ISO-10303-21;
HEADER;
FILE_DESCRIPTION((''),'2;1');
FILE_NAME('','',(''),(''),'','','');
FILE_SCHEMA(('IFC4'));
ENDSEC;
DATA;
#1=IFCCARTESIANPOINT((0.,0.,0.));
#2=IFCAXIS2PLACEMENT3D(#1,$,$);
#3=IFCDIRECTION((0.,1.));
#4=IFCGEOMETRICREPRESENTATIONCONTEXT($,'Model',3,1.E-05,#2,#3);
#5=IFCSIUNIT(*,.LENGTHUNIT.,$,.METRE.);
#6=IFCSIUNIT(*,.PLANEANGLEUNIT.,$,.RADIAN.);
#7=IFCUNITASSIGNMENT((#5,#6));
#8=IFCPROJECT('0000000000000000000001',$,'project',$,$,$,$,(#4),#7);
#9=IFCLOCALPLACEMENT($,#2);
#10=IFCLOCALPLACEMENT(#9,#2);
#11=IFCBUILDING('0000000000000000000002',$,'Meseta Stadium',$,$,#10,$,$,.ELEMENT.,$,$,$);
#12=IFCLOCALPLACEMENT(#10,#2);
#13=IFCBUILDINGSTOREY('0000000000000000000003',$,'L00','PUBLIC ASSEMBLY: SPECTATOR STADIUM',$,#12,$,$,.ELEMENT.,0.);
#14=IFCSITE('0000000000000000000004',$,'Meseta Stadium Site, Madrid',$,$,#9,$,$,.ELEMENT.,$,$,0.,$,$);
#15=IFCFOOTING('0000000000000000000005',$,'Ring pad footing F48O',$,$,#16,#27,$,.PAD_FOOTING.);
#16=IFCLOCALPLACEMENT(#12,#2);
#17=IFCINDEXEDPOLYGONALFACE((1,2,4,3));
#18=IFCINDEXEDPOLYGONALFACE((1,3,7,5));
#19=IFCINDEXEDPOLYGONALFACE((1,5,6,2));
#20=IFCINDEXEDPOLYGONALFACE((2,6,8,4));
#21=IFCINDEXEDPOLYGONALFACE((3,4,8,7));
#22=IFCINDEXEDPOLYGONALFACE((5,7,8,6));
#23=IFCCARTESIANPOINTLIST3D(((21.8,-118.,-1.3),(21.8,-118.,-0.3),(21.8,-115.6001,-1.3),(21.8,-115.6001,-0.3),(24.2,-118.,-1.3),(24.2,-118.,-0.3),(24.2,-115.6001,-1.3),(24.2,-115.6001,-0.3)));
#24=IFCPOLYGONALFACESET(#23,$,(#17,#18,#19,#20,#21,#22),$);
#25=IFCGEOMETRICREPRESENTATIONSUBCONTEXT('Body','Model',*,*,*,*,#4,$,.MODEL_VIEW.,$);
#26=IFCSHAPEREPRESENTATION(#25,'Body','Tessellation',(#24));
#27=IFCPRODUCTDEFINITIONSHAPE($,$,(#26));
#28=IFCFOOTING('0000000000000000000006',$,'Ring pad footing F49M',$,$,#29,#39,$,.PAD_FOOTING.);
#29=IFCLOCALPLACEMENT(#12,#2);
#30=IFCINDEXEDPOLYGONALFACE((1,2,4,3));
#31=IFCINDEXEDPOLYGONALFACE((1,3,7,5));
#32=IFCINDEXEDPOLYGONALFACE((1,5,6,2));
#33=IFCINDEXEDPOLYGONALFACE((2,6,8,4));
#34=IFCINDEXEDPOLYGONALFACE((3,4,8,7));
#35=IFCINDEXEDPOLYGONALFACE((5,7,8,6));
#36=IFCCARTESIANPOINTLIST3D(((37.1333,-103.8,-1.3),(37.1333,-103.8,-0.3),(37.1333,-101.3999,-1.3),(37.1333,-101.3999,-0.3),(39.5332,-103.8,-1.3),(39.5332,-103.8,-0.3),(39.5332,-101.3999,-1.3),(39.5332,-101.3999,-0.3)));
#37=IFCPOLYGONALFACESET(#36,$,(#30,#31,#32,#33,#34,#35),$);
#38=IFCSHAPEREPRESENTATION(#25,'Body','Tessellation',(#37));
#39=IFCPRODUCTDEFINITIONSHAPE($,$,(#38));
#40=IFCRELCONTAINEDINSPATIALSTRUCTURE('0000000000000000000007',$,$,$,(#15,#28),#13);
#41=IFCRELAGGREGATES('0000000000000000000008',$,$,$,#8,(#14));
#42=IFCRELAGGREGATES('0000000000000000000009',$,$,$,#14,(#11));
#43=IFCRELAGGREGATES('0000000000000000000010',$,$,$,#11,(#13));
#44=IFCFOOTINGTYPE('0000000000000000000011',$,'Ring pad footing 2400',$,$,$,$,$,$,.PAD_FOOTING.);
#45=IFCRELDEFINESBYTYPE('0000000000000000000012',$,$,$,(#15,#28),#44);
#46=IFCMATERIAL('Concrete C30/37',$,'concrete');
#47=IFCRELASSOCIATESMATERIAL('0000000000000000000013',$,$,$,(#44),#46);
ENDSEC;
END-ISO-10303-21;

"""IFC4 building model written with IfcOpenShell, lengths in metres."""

from ifc_helpers import new_model, si_unit, direction, frame, origin, place, context, subcontext, project, spatial, polyline, outline, extrude, material, type_object, element, save


model = new_model("IFC4")

# Units and contexts
model_context = context("Model", 3, precision=1e-05, world=origin(), true_north=direction((0.0, 1.0)))
body_context = subcontext(model_context, "Body", "Model", "MODEL_VIEW")
ifc_project = project(units=[si_unit("LENGTHUNIT", "METRE"), si_unit("PLANEANGLEUNIT", "RADIAN")], contexts=[model_context])

# Site, building, storey
site_placement = place(None, origin())
site = spatial("IfcSite", under=ifc_project, at=site_placement, Name="Meseta Stadium Site, Madrid", CompositionType="ELEMENT", RefElevation=0.0)
building_placement = place(site_placement, origin())
building = spatial("IfcBuilding", under=site, at=building_placement, Name="Meseta Stadium", CompositionType="ELEMENT")
storey_placement = place(building_placement, origin())
storey = spatial("IfcBuildingStorey", under=building, at=storey_placement, Name="L00", Description="PUBLIC ASSEMBLY: SPECTATOR STADIUM", CompositionType="ELEMENT", Elevation=0.0)

# Footings
ifc_material_1 = material(Name="Concrete C30/37", Category="concrete")
footing_type_1 = type_object("IfcFootingType", Name="Ring pad footing 2400", PredefinedType="PAD_FOOTING", material=ifc_material_1)
footing_1_placement = place(storey_placement, frame((0.0, 0.0, -1.3)))
element("IfcFooting", 1, at=footing_1_placement, inside=storey, type_object=footing_type_1, Name="Ring pad footing F48O", PredefinedType="PAD_FOOTING", context=body_context, shape_type="SweptSolid", body=[
    extrude(outline(polyline([(24.2, -118.0), (24.2, -115.6001), (21.8, -115.6001), (21.8, -118.0), (24.2, -118.0)])), origin(), (0.0, 0.0, 1.0), 1.0),
])
footing_2_placement = place(storey_placement, frame((0.0, 0.0, -1.3)))
element("IfcFooting", 2, at=footing_2_placement, inside=storey, type_object=footing_type_1, Name="Ring pad footing F49M", PredefinedType="PAD_FOOTING", context=body_context, shape_type="SweptSolid", body=[
    extrude(outline(polyline([(39.5332, -103.8), (39.5332, -101.3999), (37.1333, -101.3999), (37.1333, -103.8), (39.5332, -103.8)])), origin(), (0.0, 0.0, 1.0), 1.0),
])

save(model, "model.ifc")
